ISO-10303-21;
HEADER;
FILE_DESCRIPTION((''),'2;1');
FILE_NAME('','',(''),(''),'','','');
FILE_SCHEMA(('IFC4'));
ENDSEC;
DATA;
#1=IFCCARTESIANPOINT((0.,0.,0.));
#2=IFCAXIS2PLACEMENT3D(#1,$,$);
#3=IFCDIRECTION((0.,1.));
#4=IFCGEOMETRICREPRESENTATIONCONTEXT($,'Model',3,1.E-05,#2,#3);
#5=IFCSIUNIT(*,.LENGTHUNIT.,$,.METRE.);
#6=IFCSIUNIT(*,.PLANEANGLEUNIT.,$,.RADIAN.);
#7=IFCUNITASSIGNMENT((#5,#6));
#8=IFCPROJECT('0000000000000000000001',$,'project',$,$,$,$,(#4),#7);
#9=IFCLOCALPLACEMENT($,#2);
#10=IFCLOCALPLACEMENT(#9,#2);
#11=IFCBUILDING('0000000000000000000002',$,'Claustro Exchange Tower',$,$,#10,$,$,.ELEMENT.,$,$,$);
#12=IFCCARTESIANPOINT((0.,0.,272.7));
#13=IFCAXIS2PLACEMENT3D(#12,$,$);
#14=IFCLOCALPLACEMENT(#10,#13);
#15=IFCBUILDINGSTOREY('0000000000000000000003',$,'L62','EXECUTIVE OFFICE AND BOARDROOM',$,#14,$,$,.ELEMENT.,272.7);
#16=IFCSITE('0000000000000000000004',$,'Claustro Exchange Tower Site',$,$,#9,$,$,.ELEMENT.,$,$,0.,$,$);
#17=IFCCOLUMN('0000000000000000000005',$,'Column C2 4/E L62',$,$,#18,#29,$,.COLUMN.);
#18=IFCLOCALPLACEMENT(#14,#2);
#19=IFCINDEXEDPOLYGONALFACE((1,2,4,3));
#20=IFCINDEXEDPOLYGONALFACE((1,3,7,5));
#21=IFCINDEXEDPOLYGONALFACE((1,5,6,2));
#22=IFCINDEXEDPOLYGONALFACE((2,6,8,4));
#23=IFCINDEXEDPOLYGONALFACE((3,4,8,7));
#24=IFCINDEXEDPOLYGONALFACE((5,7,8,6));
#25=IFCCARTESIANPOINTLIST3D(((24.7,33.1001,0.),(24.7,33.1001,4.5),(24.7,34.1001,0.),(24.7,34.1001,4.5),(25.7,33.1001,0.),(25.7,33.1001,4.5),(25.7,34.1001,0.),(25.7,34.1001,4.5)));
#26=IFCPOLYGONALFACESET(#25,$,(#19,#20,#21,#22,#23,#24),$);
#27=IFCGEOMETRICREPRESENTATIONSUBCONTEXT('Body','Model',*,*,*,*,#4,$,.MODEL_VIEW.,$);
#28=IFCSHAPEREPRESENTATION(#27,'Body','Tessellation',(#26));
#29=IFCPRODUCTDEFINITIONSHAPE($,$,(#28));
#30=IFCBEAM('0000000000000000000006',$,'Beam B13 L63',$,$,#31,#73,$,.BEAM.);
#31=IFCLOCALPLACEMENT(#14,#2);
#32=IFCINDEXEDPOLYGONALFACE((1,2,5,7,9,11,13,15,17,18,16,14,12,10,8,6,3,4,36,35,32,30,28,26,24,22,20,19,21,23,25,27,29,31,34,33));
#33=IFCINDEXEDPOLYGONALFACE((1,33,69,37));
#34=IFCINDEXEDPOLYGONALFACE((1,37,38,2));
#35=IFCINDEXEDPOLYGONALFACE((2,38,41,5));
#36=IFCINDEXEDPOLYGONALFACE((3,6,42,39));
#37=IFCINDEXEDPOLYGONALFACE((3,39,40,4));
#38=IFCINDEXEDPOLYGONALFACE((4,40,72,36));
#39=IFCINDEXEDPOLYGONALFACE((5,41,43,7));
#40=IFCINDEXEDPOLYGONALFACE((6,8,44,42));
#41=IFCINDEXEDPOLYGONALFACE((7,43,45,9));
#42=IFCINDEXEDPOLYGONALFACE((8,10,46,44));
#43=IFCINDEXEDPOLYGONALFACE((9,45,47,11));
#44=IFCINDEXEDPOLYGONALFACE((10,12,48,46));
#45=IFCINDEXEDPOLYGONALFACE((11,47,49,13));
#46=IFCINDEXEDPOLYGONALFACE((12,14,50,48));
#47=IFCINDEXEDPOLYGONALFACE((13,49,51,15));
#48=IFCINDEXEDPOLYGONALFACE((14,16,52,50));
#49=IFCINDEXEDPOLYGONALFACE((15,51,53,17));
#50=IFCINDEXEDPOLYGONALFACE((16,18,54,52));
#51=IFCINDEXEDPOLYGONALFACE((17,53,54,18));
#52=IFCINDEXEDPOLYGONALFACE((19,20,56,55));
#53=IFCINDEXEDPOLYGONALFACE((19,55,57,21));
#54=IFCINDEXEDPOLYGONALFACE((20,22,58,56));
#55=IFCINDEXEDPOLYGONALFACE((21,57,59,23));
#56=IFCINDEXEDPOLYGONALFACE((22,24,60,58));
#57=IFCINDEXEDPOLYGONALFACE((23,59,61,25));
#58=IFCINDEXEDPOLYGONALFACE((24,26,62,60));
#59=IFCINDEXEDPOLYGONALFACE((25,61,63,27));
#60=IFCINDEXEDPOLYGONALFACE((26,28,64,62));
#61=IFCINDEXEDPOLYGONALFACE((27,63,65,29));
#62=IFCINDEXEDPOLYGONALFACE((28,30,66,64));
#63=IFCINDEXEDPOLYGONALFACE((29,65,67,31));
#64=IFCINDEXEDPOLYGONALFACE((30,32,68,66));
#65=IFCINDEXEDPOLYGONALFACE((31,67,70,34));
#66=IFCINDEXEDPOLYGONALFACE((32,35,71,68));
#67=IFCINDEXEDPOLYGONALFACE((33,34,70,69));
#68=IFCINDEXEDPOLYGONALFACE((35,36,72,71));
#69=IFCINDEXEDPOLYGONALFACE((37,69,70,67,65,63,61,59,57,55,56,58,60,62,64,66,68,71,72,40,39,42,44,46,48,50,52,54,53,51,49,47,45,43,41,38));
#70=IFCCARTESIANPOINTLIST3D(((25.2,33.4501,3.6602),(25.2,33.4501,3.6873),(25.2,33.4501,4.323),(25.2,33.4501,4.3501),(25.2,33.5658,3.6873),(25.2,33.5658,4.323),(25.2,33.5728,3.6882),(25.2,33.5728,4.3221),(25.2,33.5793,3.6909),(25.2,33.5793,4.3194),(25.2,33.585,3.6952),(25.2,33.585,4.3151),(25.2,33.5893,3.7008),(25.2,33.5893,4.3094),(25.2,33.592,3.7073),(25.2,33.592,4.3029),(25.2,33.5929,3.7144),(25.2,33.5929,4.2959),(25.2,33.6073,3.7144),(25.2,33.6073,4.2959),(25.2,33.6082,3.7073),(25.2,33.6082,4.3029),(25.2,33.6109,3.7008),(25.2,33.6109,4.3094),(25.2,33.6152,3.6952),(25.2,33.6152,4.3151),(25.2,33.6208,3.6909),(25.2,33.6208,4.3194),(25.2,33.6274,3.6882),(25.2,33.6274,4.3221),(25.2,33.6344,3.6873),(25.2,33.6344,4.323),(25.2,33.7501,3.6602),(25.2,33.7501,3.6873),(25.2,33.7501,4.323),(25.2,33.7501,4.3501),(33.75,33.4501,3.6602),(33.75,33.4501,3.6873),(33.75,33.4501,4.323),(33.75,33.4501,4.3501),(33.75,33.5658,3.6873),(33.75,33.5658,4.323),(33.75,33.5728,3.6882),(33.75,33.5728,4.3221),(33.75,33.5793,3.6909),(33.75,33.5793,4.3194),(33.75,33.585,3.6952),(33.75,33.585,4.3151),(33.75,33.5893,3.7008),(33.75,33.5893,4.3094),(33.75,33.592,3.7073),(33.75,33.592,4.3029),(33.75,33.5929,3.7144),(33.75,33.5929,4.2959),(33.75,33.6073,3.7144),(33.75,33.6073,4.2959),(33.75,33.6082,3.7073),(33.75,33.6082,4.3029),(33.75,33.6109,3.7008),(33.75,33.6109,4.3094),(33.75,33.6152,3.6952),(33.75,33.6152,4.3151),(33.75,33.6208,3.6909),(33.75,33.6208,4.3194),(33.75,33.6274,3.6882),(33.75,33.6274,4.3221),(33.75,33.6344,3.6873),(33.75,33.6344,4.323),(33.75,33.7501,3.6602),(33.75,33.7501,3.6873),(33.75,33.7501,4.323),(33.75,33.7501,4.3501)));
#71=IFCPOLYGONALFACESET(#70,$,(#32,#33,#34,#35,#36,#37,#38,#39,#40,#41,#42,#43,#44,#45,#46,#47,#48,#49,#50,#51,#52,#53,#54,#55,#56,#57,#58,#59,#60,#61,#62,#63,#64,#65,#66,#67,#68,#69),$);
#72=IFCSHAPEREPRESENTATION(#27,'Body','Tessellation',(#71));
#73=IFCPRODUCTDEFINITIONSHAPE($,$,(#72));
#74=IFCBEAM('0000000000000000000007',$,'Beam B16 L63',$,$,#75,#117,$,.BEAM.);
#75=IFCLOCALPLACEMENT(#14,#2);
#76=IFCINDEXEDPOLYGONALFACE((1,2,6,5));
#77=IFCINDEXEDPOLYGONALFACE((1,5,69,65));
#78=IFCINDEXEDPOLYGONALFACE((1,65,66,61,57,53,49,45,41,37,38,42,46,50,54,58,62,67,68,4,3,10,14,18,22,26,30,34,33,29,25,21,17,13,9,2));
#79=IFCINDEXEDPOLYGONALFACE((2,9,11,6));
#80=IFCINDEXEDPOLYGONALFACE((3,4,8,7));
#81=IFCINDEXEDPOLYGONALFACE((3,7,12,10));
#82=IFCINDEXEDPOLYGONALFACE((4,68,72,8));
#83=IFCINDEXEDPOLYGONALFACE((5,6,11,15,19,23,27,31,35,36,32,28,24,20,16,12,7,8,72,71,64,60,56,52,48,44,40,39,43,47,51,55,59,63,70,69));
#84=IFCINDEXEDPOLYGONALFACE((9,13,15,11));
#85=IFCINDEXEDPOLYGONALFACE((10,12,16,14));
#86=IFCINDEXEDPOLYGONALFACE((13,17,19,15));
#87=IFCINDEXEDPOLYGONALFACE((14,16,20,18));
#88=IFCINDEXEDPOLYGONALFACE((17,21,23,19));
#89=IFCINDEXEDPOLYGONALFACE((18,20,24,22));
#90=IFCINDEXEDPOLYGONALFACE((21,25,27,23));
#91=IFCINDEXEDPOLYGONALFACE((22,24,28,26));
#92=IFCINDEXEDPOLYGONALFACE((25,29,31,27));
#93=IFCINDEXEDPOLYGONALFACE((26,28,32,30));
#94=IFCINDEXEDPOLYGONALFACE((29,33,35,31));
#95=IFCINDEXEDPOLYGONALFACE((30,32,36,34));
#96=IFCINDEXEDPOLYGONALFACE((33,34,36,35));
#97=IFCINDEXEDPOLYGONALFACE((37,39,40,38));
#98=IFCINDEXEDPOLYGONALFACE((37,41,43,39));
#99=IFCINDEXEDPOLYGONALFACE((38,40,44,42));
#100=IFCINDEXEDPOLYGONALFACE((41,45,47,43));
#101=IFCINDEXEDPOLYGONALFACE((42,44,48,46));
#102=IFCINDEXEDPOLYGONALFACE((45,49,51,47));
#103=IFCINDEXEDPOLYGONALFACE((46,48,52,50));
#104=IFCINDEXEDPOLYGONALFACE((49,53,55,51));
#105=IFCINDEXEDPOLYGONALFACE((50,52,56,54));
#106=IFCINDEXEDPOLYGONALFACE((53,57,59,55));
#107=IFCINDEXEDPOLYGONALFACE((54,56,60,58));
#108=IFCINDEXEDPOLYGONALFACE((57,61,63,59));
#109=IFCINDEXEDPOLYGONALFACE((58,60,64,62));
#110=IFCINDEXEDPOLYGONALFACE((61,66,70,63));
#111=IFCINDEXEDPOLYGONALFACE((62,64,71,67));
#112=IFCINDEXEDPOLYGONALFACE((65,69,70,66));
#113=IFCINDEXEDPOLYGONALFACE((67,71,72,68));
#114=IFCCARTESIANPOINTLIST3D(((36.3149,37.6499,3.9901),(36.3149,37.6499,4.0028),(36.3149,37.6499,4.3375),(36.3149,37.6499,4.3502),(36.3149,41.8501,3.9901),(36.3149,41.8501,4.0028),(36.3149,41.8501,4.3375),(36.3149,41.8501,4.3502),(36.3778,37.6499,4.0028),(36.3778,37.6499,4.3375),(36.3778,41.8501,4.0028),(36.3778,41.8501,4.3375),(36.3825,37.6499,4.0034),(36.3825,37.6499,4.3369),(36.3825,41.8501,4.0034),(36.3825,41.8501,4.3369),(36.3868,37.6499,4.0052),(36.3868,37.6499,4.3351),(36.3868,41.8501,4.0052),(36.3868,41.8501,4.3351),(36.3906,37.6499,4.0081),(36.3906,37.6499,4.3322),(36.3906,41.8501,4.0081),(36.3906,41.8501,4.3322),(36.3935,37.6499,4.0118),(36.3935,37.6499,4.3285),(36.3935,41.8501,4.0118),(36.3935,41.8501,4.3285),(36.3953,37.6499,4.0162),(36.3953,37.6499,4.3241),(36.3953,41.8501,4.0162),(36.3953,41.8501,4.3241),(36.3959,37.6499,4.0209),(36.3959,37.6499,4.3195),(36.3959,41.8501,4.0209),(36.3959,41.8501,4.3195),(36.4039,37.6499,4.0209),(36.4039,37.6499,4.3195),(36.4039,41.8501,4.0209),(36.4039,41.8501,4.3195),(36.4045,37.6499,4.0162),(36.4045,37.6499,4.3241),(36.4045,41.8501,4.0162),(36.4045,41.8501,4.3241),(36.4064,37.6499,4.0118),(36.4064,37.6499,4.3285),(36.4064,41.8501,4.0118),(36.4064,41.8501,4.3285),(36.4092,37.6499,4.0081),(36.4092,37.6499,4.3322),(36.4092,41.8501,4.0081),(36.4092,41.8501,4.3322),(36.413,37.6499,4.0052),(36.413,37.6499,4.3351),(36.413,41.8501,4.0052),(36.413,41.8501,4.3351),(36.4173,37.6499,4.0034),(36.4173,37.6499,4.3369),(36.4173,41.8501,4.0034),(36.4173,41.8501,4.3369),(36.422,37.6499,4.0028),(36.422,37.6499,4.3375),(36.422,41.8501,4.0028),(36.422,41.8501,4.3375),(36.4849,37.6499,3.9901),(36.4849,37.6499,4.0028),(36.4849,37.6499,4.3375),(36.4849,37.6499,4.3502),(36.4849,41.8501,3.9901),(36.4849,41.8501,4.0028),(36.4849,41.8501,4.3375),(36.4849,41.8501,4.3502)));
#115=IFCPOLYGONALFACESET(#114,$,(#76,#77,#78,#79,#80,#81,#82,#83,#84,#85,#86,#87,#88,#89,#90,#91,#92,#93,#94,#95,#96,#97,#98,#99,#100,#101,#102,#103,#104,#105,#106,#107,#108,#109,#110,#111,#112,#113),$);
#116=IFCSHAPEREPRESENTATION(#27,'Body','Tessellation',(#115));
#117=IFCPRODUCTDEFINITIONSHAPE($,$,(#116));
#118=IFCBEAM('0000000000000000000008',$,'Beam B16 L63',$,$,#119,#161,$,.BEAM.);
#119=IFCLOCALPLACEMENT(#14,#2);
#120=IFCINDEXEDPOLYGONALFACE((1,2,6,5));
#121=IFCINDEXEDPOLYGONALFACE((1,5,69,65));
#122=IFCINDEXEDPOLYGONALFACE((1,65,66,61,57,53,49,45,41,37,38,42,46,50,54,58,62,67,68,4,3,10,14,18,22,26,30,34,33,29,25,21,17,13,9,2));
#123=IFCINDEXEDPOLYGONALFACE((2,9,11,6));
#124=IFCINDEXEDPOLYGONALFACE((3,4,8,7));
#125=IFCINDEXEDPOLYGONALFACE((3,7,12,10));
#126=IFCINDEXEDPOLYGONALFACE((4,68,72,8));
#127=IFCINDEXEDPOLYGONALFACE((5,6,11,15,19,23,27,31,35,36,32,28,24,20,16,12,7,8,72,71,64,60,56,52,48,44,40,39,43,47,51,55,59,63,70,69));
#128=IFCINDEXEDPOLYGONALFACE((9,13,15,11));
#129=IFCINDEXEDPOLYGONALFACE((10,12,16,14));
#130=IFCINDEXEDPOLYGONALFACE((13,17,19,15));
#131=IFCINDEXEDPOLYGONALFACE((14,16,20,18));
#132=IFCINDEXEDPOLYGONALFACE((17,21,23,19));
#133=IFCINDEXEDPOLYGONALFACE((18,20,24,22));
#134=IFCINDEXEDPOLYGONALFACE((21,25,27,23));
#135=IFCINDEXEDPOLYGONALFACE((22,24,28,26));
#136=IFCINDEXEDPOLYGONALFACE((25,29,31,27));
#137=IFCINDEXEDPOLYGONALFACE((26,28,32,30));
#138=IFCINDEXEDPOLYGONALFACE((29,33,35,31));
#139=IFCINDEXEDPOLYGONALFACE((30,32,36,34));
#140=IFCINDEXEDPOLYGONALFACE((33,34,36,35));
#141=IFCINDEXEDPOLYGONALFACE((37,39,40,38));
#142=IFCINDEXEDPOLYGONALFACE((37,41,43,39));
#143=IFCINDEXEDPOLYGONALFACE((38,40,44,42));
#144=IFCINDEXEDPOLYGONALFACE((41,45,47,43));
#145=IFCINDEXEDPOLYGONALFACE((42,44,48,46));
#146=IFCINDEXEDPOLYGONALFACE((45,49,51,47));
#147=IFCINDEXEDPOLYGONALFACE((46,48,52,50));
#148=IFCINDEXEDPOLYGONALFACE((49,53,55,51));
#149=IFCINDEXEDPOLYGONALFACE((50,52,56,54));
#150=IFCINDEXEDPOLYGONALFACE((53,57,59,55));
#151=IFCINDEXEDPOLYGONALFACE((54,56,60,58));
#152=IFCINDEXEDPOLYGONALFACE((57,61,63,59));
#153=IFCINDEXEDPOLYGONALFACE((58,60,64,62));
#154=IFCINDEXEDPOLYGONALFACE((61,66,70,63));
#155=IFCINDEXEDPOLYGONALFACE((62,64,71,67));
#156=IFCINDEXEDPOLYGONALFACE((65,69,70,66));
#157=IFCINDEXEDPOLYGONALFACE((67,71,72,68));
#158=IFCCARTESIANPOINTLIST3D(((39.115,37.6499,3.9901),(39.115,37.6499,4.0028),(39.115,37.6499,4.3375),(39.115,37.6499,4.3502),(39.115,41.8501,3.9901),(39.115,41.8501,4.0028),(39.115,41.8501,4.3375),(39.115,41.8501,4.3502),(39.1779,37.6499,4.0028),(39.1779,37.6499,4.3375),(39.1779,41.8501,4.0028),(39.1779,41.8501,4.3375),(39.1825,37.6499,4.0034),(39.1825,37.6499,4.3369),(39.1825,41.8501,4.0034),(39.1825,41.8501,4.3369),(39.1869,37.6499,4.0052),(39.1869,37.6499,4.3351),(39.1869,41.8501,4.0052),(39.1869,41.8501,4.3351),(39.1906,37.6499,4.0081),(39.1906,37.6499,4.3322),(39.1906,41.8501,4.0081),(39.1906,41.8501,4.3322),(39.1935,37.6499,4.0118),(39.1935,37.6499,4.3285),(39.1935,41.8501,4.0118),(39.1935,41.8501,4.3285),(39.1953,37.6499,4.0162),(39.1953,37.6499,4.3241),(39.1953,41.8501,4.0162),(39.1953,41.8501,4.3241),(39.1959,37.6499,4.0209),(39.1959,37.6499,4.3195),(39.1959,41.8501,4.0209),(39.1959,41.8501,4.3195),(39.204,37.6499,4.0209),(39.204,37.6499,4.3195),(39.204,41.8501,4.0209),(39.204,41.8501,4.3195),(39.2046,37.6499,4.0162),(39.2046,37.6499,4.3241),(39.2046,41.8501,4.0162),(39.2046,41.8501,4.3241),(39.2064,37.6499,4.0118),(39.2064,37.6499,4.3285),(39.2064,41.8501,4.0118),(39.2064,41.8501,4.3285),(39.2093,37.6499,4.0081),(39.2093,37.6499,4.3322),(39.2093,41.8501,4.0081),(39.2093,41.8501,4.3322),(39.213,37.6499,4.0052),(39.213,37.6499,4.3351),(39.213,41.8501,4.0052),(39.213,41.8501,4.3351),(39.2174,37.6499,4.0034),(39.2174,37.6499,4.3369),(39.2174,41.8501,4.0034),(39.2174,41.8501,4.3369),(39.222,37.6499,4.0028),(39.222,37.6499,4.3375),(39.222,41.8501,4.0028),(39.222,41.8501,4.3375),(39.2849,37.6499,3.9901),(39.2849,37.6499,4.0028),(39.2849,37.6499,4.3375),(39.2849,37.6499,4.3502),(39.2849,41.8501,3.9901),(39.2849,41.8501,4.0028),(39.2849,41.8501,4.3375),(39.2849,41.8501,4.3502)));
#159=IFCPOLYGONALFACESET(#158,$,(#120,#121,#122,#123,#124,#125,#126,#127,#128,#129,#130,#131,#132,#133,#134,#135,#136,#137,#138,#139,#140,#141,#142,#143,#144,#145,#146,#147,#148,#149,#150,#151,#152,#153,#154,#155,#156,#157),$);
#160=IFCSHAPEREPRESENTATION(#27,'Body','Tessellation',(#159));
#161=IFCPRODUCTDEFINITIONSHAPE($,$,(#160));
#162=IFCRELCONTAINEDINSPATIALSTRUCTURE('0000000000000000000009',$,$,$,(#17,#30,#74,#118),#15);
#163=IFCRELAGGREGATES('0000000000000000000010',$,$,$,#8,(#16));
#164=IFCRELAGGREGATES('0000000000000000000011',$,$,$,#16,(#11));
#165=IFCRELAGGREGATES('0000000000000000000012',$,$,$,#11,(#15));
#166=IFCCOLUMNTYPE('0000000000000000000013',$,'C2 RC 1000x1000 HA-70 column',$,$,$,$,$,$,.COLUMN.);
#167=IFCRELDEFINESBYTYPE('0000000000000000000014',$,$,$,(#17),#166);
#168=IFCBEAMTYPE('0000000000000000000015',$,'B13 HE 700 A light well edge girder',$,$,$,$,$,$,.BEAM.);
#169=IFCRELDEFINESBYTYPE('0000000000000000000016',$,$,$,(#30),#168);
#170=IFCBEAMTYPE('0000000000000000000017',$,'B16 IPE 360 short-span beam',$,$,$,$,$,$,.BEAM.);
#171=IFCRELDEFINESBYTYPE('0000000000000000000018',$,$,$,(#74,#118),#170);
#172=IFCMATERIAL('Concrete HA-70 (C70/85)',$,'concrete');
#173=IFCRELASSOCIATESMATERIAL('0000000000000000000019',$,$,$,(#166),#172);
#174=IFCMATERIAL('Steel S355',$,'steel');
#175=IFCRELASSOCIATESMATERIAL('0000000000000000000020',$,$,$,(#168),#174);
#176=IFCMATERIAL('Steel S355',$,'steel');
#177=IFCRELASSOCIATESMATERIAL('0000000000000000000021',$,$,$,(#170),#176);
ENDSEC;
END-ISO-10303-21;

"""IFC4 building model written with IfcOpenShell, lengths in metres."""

from ifc_helpers import new_model, si_unit, direction, frame, origin, origin_2d, place, context, subcontext, project, spatial, rectangle, i_section, extrude, material, material_profile, profile_set, type_object, element, save


model = new_model("IFC4")

# Units and contexts
model_context = context("Model", 3, precision=1e-05, world=origin(), true_north=direction((0.0, 1.0)))
body_context = subcontext(model_context, "Body", "Model", "MODEL_VIEW")
ifc_project = project(units=[si_unit("LENGTHUNIT", "METRE"), si_unit("PLANEANGLEUNIT", "RADIAN")], contexts=[model_context])

# Site, building, storey
site_placement = place(None, origin())
site = spatial("IfcSite", under=ifc_project, at=site_placement, Name="Claustro Exchange Tower Site", CompositionType="ELEMENT", RefElevation=0.0)
building_placement = place(site_placement, origin())
building = spatial("IfcBuilding", under=site, at=building_placement, Name="Claustro Exchange Tower", CompositionType="ELEMENT")
storey_placement = place(building_placement, frame((0.0, 0.0, 272.7)))
storey = spatial("IfcBuildingStorey", under=building, at=storey_placement, Name="L62", Description="EXECUTIVE OFFICE AND BOARDROOM", CompositionType="ELEMENT", Elevation=272.7)

# Column
ifc_material_1 = material(Name="Concrete HA-70 (C70/85)", Category="concrete")
ifc_material_profile_1 = material_profile(ifc_material_1, rectangle(XDim=1.0, YDim=1.0, at=origin_2d()), Name="RC 1000x1000")
ifc_profile_set_1 = profile_set([ifc_material_profile_1], Name="Concrete HA-70 (C70/85)")
column_type = type_object("IfcColumnType", Name="C2 RC 1000x1000 HA-70 column", PredefinedType="COLUMN", material=ifc_profile_set_1)
column_placement = place(storey_placement, frame((25.2, 33.6001, 0.0), z_axis=(0.0, 0.0, 1.0), x_axis=(1.0, 0.0, 0.0)))
element("IfcColumn", 1, at=column_placement, inside=storey, type_object=column_type, Name="Column C2 4/E L62", PredefinedType="COLUMN", context=body_context, shape_type="SweptSolid", body=[
    extrude(rectangle(XDim=1.0, YDim=1.0, at=origin_2d()), origin(), (0.0, 0.0, 1.0), 4.5),
])

# Beams
ifc_material_2 = material(Name="Steel S355", Category="steel")
ifc_material_profile_2 = material_profile(ifc_material_2, i_section(OverallWidth=0.3, OverallDepth=0.6899, WebThickness=0.0144, FlangeThickness=0.0271, FilletRadius=0.0271, at=origin_2d()), Name="HE 700 A")
ifc_profile_set_2 = profile_set([ifc_material_profile_2], Name="Steel S355")
beam_type_1 = type_object("IfcBeamType", Name="B13 HE 700 A light well edge girder", PredefinedType="BEAM", material=ifc_profile_set_2)
beam_1_placement = place(storey_placement, frame((25.2, 33.6001, 4.0051), z_axis=(1.0, 0.0, 0.0), x_axis=(0.0, 1.0, 0.0)))
element("IfcBeam", 2, at=beam_1_placement, inside=storey, type_object=beam_type_1, Name="Beam B13 L63", PredefinedType="BEAM", context=body_context, shape_type="SweptSolid", body=[
    extrude(i_section(OverallWidth=0.3, OverallDepth=0.6899, WebThickness=0.0144, FlangeThickness=0.0271, FilletRadius=0.0271, at=origin_2d()), origin(), (0.0, 0.0, 1.0), 8.55),
])
ifc_material_3 = material(Name="Steel S355", Category="steel")
ifc_material_profile_3 = material_profile(ifc_material_3, i_section(OverallWidth=0.1699, OverallDepth=0.3601, WebThickness=0.0081, FlangeThickness=0.0127, FilletRadius=0.0181, at=origin_2d()), Name="IPE 360")
ifc_profile_set_3 = profile_set([ifc_material_profile_3], Name="Steel S355")
beam_type_2 = type_object("IfcBeamType", Name="B16 IPE 360 short-span beam", PredefinedType="BEAM", material=ifc_profile_set_3)
for number, where, z_axis, x_axis, name in (
    (3, (36.3999, 37.6499, 4.1702), (0.0, 1.0, 0.0), (-1.0, 0.0, 0.0), "Beam B16 L63"),
    (4, (39.2, 37.6499, 4.1702), (0.0, 1.0, 0.0), (-1.0, 0.0, 0.0), "Beam B16 L63"),
):
    element("IfcBeam", number, at=place(storey_placement, frame(where, z_axis=z_axis, x_axis=x_axis)), inside=storey, type_object=beam_type_2, Name=name, PredefinedType="BEAM", context=body_context, shape_type="SweptSolid", body=[
        extrude(i_section(OverallWidth=0.1699, OverallDepth=0.3601, WebThickness=0.0081, FlangeThickness=0.0127, FilletRadius=0.0181, at=origin_2d()), origin(), (0.0, 0.0, 1.0), 4.2002),
    ])

save(model, "model.ifc")
